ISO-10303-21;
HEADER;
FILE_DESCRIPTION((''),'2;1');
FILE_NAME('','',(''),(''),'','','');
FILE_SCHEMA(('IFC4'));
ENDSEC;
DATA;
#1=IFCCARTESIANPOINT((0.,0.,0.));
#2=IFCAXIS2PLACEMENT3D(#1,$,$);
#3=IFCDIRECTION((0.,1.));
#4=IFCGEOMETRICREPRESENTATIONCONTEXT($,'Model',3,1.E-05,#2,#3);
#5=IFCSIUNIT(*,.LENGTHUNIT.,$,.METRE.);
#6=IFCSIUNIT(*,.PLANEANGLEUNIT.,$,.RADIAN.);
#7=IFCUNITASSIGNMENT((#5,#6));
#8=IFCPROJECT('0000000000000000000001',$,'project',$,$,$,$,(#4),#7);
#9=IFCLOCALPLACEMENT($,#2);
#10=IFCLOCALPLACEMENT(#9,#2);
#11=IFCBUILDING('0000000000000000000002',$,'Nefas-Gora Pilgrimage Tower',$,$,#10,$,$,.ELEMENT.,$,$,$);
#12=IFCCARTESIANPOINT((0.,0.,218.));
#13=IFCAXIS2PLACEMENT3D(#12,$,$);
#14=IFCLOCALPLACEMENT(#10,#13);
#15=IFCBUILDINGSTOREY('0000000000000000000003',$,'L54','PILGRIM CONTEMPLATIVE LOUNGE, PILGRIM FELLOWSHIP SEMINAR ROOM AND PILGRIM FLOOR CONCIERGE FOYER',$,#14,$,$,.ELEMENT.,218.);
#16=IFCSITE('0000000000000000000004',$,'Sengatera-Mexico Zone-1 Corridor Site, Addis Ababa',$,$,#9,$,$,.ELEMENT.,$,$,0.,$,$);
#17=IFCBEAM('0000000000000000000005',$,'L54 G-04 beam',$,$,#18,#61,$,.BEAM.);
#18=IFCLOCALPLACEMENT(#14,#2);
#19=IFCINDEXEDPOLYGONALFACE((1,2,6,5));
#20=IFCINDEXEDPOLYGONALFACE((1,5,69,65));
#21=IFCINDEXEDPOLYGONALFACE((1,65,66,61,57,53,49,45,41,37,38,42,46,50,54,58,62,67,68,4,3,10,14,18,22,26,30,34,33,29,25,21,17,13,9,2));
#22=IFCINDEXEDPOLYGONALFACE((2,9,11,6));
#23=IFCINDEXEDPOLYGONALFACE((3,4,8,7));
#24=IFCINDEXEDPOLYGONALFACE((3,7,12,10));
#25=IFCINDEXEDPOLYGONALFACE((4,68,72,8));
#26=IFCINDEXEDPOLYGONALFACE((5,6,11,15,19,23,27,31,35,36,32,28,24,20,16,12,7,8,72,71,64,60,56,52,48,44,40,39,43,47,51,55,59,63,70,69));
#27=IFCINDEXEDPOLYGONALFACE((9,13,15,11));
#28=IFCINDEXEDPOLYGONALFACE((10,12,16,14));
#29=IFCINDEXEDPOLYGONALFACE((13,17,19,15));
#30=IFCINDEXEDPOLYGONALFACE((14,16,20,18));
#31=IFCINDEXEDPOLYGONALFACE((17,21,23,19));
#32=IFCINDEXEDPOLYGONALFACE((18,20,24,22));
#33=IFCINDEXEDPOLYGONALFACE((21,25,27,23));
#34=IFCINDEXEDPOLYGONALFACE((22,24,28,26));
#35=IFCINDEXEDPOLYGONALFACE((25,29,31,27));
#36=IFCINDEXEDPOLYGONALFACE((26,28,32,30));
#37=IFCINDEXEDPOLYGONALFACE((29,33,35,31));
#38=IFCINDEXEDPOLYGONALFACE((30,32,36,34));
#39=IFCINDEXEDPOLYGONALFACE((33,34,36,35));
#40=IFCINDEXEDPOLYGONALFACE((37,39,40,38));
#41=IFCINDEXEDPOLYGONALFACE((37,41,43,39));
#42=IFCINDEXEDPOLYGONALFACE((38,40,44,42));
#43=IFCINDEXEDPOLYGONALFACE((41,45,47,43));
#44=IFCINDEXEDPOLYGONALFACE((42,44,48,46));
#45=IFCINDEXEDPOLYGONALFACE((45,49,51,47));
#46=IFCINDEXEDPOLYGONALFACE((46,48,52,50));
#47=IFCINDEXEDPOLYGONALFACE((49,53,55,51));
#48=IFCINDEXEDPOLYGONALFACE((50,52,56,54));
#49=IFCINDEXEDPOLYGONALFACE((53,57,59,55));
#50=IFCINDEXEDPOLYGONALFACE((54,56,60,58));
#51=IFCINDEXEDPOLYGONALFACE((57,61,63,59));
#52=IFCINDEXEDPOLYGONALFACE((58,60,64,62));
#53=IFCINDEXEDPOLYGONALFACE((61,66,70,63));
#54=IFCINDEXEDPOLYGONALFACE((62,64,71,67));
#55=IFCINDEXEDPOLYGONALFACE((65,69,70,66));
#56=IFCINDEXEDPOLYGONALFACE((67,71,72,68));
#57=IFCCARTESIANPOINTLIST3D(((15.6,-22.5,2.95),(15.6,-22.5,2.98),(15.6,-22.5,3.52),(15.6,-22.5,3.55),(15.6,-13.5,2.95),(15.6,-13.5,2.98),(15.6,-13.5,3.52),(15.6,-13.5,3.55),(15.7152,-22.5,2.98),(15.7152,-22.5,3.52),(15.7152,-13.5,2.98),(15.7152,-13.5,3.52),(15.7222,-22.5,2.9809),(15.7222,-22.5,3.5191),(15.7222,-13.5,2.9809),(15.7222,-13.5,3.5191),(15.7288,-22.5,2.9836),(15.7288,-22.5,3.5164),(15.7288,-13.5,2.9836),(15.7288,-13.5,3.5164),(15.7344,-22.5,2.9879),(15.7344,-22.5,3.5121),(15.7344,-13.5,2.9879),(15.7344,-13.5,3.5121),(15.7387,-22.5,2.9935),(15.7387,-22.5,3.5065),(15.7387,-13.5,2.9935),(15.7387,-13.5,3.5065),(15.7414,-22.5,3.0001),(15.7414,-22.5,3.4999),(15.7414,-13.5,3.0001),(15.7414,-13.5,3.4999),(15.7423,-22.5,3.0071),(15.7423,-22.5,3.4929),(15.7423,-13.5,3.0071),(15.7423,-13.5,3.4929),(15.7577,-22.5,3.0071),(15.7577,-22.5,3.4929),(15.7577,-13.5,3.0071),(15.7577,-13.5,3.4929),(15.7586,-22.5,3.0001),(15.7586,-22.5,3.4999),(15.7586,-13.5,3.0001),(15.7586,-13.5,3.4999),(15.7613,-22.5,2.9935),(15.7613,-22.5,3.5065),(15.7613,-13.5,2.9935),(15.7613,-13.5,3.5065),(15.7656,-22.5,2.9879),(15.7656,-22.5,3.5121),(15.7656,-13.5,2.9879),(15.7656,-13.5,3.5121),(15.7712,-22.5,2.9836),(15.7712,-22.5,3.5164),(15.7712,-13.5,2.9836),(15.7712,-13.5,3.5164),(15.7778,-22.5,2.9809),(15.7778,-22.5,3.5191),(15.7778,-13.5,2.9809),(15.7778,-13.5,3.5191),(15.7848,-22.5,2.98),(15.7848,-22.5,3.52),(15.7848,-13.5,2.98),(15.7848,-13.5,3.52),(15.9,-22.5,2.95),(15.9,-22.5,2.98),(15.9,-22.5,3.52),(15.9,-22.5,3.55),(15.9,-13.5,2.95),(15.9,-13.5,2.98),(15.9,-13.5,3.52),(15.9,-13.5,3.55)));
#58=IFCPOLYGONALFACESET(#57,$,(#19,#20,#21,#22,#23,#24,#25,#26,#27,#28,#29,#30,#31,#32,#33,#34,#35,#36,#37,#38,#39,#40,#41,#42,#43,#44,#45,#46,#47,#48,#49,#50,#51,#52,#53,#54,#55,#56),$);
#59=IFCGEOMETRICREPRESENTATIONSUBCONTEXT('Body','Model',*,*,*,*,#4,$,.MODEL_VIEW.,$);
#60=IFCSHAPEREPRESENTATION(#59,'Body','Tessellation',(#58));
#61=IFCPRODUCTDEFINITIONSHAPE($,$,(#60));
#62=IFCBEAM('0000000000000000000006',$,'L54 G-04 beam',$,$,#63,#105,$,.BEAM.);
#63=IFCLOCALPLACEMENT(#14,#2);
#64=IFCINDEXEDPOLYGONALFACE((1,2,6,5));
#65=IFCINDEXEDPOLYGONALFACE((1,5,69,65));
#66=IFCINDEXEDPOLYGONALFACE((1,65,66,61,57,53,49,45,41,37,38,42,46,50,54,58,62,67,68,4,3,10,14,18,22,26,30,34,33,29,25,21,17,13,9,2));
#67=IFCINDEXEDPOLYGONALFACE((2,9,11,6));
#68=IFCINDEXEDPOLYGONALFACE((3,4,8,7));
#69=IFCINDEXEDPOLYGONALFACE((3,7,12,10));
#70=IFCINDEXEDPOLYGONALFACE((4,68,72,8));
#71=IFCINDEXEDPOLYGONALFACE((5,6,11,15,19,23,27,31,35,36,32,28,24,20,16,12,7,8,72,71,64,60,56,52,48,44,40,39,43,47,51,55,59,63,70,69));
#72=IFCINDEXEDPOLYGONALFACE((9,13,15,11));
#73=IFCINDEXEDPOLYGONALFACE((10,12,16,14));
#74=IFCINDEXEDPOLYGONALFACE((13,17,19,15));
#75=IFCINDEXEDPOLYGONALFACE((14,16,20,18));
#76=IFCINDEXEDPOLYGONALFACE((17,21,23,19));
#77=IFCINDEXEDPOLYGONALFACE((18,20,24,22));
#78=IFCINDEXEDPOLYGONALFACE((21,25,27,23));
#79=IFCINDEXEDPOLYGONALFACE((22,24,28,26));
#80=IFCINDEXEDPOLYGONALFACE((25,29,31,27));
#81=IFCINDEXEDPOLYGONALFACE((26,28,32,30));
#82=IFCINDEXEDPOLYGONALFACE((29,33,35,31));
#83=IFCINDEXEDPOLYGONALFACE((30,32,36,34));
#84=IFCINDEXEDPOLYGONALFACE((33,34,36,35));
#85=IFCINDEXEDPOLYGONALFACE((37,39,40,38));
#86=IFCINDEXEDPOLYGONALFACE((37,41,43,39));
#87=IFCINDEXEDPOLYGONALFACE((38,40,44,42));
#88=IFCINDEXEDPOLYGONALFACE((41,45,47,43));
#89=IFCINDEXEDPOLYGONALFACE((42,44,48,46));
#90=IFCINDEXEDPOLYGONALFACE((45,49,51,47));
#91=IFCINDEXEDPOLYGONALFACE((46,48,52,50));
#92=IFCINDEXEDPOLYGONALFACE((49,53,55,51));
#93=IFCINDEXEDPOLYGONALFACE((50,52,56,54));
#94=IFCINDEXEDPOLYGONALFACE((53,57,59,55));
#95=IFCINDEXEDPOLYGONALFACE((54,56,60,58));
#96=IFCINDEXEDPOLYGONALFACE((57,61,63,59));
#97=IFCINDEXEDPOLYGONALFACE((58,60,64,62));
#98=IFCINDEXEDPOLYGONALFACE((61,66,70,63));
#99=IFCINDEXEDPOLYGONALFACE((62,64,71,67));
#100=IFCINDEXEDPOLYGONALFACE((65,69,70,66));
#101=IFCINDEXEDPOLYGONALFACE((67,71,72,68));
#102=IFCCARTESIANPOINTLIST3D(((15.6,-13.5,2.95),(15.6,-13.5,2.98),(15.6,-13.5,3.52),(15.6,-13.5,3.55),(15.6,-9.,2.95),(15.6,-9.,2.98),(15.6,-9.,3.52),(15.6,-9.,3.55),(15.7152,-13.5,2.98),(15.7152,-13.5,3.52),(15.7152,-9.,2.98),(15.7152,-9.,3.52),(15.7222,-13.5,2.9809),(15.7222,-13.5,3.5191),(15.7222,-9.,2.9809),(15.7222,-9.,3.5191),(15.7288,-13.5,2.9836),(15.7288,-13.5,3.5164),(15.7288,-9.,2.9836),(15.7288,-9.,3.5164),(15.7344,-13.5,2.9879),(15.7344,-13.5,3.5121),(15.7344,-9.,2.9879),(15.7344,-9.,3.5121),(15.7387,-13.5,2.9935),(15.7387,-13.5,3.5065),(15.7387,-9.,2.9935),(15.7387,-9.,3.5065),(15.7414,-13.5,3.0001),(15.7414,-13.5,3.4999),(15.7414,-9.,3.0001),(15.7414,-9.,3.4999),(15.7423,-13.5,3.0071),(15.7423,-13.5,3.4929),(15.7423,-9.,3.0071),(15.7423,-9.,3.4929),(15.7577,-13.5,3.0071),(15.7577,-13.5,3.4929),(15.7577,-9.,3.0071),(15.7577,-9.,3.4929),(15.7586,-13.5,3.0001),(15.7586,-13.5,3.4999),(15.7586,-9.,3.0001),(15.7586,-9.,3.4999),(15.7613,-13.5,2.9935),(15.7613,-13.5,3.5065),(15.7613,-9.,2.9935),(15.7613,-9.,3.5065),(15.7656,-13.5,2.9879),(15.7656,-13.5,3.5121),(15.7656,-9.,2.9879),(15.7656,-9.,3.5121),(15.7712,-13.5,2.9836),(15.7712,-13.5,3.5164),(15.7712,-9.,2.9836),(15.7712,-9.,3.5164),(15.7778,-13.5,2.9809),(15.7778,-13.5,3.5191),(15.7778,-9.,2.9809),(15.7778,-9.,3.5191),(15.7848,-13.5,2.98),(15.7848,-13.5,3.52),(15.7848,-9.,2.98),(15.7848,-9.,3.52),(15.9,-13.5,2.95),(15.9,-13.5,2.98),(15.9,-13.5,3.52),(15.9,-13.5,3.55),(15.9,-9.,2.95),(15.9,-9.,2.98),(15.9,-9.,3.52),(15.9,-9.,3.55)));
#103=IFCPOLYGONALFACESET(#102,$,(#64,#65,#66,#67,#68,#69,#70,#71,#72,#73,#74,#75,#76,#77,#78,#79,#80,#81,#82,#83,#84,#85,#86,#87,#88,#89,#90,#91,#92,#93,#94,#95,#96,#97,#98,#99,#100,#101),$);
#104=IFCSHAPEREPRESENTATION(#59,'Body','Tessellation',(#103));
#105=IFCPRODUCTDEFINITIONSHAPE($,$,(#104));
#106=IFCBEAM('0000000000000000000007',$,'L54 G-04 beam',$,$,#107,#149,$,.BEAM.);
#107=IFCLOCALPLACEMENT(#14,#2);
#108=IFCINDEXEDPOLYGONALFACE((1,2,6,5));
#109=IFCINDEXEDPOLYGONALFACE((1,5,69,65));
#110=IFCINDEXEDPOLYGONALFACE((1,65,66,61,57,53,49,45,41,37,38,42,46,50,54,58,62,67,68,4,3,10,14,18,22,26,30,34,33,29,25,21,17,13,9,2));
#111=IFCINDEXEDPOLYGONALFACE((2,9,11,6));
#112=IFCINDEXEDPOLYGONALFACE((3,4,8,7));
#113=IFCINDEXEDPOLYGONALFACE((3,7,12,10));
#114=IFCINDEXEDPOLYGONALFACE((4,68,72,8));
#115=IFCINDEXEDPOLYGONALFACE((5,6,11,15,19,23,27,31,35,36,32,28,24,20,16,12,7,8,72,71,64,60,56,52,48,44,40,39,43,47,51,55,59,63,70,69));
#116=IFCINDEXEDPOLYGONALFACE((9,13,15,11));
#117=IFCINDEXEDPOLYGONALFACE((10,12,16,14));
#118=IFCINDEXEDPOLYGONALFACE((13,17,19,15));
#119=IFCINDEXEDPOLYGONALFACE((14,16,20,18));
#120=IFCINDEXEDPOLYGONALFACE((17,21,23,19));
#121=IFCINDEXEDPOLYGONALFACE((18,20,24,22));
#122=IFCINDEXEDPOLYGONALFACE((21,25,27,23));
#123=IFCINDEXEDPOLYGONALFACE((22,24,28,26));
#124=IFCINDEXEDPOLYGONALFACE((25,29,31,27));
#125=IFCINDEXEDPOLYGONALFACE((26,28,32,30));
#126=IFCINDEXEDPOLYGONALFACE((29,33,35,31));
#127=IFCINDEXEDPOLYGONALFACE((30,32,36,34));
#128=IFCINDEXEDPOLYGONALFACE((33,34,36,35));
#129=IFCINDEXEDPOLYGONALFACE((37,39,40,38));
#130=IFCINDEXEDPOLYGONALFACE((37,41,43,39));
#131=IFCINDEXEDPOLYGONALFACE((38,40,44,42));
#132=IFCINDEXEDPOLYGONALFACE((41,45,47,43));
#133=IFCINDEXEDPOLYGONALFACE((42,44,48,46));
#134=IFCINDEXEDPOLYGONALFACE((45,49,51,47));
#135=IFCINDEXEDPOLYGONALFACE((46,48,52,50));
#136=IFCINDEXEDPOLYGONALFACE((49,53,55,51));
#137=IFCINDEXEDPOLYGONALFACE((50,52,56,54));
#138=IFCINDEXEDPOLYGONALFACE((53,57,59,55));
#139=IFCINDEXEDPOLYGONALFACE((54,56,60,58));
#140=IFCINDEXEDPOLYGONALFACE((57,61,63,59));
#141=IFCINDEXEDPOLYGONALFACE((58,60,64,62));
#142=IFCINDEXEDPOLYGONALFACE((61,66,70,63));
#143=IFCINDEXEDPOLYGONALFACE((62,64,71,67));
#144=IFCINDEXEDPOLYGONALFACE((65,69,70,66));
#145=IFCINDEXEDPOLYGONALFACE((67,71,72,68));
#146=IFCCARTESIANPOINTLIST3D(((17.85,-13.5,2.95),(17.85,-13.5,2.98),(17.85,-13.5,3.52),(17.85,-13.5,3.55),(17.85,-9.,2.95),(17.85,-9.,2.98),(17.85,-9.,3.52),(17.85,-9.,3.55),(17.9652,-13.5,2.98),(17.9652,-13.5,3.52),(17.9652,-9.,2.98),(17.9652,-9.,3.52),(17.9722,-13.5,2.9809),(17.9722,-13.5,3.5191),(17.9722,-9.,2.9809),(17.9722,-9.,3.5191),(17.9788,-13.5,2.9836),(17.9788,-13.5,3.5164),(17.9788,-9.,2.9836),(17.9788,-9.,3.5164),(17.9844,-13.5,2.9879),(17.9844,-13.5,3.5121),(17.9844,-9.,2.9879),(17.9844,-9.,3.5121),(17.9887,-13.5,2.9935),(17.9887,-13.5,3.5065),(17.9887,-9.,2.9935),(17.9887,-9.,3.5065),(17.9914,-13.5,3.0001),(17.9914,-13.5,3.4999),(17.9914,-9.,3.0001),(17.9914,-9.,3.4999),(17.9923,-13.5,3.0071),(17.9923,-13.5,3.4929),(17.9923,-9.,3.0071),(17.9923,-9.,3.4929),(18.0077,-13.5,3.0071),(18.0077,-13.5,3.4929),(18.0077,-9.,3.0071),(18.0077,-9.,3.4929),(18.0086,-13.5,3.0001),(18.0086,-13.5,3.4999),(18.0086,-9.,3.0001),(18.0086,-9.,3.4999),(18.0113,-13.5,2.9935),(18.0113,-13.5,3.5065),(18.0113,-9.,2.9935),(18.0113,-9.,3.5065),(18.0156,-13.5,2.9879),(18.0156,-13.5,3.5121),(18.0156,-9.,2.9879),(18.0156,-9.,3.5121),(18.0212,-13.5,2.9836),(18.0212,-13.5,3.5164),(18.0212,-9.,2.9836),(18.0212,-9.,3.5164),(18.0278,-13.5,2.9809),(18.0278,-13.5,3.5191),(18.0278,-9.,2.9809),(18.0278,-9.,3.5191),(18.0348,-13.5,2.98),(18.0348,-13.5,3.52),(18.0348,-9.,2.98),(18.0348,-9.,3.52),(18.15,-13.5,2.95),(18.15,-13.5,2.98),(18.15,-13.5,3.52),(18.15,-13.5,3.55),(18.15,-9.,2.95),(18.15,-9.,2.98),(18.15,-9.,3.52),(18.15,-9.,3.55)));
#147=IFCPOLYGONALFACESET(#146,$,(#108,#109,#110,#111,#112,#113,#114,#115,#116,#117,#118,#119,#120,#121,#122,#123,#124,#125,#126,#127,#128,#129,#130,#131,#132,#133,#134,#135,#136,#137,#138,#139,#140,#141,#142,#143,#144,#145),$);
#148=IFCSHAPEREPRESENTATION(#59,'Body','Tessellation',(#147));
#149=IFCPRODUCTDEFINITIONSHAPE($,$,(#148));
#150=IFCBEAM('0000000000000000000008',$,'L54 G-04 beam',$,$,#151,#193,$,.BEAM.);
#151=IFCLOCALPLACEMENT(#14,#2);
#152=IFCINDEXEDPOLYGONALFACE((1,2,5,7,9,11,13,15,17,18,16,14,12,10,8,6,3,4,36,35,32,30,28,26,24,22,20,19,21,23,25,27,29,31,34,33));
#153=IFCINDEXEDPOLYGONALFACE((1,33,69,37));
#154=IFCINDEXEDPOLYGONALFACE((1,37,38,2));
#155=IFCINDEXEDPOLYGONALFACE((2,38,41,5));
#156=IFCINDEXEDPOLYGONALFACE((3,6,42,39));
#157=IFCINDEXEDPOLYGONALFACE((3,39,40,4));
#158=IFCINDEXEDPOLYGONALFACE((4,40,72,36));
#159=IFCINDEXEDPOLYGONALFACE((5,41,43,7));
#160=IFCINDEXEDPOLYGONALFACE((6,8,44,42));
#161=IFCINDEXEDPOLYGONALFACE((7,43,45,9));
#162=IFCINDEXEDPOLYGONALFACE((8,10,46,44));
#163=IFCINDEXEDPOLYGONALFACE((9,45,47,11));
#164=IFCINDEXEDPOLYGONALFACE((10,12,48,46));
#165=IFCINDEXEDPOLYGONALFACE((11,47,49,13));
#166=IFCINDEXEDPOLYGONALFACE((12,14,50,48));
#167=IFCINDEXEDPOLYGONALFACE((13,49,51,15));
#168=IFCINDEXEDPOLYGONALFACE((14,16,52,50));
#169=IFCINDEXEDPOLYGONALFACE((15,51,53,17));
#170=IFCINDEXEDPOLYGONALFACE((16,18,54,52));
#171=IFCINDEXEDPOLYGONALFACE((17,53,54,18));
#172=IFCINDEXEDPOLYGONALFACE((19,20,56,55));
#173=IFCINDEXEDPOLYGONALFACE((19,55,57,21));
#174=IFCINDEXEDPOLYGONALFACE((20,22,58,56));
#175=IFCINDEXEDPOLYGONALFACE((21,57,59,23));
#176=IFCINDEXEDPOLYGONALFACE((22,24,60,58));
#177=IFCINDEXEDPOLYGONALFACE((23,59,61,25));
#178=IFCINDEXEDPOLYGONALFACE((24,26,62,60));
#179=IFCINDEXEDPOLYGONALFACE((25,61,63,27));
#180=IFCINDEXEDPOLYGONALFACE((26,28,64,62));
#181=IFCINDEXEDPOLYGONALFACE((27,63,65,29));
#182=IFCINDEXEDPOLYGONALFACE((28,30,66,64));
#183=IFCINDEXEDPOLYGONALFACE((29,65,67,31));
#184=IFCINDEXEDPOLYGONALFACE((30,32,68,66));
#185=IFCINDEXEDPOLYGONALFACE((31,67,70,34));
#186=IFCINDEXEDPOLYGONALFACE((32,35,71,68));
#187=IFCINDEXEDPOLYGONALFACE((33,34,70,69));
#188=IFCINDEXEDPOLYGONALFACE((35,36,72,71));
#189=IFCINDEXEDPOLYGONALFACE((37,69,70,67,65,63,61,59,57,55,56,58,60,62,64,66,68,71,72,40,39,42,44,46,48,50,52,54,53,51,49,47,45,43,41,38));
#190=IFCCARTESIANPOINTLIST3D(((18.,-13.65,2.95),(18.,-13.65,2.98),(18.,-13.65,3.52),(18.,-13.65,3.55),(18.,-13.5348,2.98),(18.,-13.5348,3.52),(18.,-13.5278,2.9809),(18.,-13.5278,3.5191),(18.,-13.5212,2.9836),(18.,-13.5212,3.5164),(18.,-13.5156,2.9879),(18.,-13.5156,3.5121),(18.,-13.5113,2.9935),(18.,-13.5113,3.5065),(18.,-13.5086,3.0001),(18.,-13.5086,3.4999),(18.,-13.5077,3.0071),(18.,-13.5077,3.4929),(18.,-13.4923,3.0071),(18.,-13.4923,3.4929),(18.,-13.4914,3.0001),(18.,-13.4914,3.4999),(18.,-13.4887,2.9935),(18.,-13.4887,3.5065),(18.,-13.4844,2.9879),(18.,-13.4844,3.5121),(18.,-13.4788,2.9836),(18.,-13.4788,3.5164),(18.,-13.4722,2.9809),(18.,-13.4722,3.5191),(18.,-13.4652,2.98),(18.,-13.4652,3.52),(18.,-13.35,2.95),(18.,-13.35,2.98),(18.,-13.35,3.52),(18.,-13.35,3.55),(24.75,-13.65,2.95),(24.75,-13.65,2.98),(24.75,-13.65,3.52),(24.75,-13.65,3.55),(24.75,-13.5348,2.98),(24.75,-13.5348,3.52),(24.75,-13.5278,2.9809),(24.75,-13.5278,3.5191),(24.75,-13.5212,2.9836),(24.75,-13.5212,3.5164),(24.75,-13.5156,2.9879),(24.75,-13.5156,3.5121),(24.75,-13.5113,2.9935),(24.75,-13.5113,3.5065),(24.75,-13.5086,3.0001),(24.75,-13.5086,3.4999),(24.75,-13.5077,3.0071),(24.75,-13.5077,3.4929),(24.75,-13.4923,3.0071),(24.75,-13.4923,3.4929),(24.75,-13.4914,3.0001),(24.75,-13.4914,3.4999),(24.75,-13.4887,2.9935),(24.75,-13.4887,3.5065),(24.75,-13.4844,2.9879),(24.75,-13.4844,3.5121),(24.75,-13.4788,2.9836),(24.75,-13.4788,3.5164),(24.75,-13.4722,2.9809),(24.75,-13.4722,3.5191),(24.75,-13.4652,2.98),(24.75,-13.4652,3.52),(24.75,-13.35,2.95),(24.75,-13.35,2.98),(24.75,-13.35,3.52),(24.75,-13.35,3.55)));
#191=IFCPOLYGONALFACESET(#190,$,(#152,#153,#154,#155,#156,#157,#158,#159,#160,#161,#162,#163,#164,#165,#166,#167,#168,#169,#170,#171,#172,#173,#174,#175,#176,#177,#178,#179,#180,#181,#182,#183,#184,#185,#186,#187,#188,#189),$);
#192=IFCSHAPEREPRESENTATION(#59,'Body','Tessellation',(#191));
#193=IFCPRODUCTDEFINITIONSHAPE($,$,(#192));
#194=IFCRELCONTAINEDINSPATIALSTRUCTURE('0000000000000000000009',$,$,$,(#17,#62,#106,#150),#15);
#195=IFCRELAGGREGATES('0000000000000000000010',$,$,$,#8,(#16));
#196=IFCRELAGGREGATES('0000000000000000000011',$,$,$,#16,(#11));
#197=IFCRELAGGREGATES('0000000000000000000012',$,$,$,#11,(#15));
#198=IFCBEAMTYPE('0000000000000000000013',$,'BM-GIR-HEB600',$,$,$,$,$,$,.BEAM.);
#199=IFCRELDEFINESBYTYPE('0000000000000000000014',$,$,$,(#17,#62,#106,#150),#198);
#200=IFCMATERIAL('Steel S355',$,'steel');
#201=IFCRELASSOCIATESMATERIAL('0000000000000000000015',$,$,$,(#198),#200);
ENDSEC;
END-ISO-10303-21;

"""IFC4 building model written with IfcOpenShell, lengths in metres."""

from ifc_helpers import new_model, si_unit, direction, frame, origin, origin_2d, place, context, subcontext, project, spatial, i_section, extrude, source, transform, mapped, material, material_profile, profile_set, type_object, element, save


model = new_model("IFC4")

# Units and contexts
model_context = context("Model", 3, precision=1e-05, world=origin(), true_north=direction((0.0, 1.0)))
body_context = subcontext(model_context, "Body", "Model", "MODEL_VIEW")
ifc_project = project(units=[si_unit("LENGTHUNIT", "METRE"), si_unit("PLANEANGLEUNIT", "RADIAN")], contexts=[model_context])

# Site, building, storey
site_placement = place(None, origin())
site = spatial("IfcSite", under=ifc_project, at=site_placement, Name="Sengatera-Mexico Zone-1 Corridor Site, Addis Ababa", CompositionType="ELEMENT", RefElevation=0.0)
building_placement = place(site_placement, origin())
building = spatial("IfcBuilding", under=site, at=building_placement, Name="Nefas-Gora Pilgrimage Tower", CompositionType="ELEMENT")
storey_placement = place(building_placement, frame((0.0, 0.0, 218.0)))
storey = spatial("IfcBuildingStorey", under=building, at=storey_placement, Name="L54", Description="PILGRIM CONTEMPLATIVE LOUNGE, PILGRIM FELLOWSHIP SEMINAR ROOM AND PILGRIM FLOOR CONCIERGE FOYER", CompositionType="ELEMENT", Elevation=218.0)

# Beams
ifc_material_1 = material(Name="Steel S355", Category="steel")
ifc_material_profile_1 = material_profile(ifc_material_1, i_section(OverallWidth=0.3, OverallDepth=0.6001, WebThickness=0.0154, FlangeThickness=0.03, FilletRadius=0.0271, at=origin_2d()), Name="HEB 600")
ifc_profile_set_1 = profile_set([ifc_material_profile_1], Name="Steel S355")
beam_type_1 = type_object("IfcBeamType", Name="BM-GIR-HEB600", PredefinedType="BEAM", material=ifc_profile_set_1)
shared_shape_1 = source(origin(), body_context, "Body", "SweptSolid", [
    extrude(i_section(OverallWidth=0.3, OverallDepth=0.6001, WebThickness=0.0154, FlangeThickness=0.03, FilletRadius=0.0271, at=origin_2d()), origin(), (0.0, 0.0, 1.0), 9.0),
])
beam_1_placement = place(storey_placement, frame((15.75, -22.5, 3.25), z_axis=(0.0, 1.0, 0.0), x_axis=(-1.0, 0.0, 0.0)))
element("IfcBeam", 1, at=beam_1_placement, inside=storey, type_object=beam_type_1, Name="L54 G-04 beam", PredefinedType="BEAM", context=body_context, shape_type="MappedRepresentation", body=[
    mapped(shared_shape_1, transform((0.0, 0.0, 0.0), x_axis=(1.0, 0.0, 0.0), y_axis=(0.0, 1.0, 0.0), z_axis=(0.0, 0.0, 1.0), scale=1.0)),
])
shared_shape_2 = source(origin(), body_context, "Body", "SweptSolid", [
    extrude(i_section(OverallWidth=0.3, OverallDepth=0.6001, WebThickness=0.0154, FlangeThickness=0.03, FilletRadius=0.0271, at=origin_2d()), origin(), (0.0, 0.0, 1.0), 4.5),
])
for number, where, z_axis, x_axis, name in (
    (2, (15.75, -13.5, 3.25), (0.0, 1.0, 0.0), (-1.0, 0.0, 0.0), "L54 G-04 beam"),
    (3, (18.0, -13.5, 3.25), (0.0, 1.0, 0.0), (-1.0, 0.0, 0.0), "L54 G-04 beam"),
):
    element("IfcBeam", number, at=place(storey_placement, frame(where, z_axis=z_axis, x_axis=x_axis)), inside=storey, type_object=beam_type_1, Name=name, PredefinedType="BEAM", context=body_context, shape_type="MappedRepresentation", body=[
        mapped(shared_shape_2, transform((0.0, 0.0, 0.0), x_axis=(1.0, 0.0, 0.0), y_axis=(0.0, 1.0, 0.0), z_axis=(0.0, 0.0, 1.0), scale=1.0)),
    ])
shared_shape_3 = source(origin(), body_context, "Body", "SweptSolid", [
    extrude(i_section(OverallWidth=0.3, OverallDepth=0.6001, WebThickness=0.0154, FlangeThickness=0.03, FilletRadius=0.0271, at=origin_2d()), origin(), (0.0, 0.0, 1.0), 6.75),
])
beam_2_placement = place(storey_placement, frame((18.0, -13.5, 3.25), z_axis=(1.0, 0.0, 0.0), x_axis=(0.0, 1.0, 0.0)))
element("IfcBeam", 4, at=beam_2_placement, inside=storey, type_object=beam_type_1, Name="L54 G-04 beam", PredefinedType="BEAM", context=body_context, shape_type="MappedRepresentation", body=[
    mapped(shared_shape_3, transform((0.0, 0.0, 0.0), x_axis=(1.0, 0.0, 0.0), y_axis=(0.0, 1.0, 0.0), z_axis=(0.0, 0.0, 1.0), scale=1.0)),
])

save(model, "model.ifc")
